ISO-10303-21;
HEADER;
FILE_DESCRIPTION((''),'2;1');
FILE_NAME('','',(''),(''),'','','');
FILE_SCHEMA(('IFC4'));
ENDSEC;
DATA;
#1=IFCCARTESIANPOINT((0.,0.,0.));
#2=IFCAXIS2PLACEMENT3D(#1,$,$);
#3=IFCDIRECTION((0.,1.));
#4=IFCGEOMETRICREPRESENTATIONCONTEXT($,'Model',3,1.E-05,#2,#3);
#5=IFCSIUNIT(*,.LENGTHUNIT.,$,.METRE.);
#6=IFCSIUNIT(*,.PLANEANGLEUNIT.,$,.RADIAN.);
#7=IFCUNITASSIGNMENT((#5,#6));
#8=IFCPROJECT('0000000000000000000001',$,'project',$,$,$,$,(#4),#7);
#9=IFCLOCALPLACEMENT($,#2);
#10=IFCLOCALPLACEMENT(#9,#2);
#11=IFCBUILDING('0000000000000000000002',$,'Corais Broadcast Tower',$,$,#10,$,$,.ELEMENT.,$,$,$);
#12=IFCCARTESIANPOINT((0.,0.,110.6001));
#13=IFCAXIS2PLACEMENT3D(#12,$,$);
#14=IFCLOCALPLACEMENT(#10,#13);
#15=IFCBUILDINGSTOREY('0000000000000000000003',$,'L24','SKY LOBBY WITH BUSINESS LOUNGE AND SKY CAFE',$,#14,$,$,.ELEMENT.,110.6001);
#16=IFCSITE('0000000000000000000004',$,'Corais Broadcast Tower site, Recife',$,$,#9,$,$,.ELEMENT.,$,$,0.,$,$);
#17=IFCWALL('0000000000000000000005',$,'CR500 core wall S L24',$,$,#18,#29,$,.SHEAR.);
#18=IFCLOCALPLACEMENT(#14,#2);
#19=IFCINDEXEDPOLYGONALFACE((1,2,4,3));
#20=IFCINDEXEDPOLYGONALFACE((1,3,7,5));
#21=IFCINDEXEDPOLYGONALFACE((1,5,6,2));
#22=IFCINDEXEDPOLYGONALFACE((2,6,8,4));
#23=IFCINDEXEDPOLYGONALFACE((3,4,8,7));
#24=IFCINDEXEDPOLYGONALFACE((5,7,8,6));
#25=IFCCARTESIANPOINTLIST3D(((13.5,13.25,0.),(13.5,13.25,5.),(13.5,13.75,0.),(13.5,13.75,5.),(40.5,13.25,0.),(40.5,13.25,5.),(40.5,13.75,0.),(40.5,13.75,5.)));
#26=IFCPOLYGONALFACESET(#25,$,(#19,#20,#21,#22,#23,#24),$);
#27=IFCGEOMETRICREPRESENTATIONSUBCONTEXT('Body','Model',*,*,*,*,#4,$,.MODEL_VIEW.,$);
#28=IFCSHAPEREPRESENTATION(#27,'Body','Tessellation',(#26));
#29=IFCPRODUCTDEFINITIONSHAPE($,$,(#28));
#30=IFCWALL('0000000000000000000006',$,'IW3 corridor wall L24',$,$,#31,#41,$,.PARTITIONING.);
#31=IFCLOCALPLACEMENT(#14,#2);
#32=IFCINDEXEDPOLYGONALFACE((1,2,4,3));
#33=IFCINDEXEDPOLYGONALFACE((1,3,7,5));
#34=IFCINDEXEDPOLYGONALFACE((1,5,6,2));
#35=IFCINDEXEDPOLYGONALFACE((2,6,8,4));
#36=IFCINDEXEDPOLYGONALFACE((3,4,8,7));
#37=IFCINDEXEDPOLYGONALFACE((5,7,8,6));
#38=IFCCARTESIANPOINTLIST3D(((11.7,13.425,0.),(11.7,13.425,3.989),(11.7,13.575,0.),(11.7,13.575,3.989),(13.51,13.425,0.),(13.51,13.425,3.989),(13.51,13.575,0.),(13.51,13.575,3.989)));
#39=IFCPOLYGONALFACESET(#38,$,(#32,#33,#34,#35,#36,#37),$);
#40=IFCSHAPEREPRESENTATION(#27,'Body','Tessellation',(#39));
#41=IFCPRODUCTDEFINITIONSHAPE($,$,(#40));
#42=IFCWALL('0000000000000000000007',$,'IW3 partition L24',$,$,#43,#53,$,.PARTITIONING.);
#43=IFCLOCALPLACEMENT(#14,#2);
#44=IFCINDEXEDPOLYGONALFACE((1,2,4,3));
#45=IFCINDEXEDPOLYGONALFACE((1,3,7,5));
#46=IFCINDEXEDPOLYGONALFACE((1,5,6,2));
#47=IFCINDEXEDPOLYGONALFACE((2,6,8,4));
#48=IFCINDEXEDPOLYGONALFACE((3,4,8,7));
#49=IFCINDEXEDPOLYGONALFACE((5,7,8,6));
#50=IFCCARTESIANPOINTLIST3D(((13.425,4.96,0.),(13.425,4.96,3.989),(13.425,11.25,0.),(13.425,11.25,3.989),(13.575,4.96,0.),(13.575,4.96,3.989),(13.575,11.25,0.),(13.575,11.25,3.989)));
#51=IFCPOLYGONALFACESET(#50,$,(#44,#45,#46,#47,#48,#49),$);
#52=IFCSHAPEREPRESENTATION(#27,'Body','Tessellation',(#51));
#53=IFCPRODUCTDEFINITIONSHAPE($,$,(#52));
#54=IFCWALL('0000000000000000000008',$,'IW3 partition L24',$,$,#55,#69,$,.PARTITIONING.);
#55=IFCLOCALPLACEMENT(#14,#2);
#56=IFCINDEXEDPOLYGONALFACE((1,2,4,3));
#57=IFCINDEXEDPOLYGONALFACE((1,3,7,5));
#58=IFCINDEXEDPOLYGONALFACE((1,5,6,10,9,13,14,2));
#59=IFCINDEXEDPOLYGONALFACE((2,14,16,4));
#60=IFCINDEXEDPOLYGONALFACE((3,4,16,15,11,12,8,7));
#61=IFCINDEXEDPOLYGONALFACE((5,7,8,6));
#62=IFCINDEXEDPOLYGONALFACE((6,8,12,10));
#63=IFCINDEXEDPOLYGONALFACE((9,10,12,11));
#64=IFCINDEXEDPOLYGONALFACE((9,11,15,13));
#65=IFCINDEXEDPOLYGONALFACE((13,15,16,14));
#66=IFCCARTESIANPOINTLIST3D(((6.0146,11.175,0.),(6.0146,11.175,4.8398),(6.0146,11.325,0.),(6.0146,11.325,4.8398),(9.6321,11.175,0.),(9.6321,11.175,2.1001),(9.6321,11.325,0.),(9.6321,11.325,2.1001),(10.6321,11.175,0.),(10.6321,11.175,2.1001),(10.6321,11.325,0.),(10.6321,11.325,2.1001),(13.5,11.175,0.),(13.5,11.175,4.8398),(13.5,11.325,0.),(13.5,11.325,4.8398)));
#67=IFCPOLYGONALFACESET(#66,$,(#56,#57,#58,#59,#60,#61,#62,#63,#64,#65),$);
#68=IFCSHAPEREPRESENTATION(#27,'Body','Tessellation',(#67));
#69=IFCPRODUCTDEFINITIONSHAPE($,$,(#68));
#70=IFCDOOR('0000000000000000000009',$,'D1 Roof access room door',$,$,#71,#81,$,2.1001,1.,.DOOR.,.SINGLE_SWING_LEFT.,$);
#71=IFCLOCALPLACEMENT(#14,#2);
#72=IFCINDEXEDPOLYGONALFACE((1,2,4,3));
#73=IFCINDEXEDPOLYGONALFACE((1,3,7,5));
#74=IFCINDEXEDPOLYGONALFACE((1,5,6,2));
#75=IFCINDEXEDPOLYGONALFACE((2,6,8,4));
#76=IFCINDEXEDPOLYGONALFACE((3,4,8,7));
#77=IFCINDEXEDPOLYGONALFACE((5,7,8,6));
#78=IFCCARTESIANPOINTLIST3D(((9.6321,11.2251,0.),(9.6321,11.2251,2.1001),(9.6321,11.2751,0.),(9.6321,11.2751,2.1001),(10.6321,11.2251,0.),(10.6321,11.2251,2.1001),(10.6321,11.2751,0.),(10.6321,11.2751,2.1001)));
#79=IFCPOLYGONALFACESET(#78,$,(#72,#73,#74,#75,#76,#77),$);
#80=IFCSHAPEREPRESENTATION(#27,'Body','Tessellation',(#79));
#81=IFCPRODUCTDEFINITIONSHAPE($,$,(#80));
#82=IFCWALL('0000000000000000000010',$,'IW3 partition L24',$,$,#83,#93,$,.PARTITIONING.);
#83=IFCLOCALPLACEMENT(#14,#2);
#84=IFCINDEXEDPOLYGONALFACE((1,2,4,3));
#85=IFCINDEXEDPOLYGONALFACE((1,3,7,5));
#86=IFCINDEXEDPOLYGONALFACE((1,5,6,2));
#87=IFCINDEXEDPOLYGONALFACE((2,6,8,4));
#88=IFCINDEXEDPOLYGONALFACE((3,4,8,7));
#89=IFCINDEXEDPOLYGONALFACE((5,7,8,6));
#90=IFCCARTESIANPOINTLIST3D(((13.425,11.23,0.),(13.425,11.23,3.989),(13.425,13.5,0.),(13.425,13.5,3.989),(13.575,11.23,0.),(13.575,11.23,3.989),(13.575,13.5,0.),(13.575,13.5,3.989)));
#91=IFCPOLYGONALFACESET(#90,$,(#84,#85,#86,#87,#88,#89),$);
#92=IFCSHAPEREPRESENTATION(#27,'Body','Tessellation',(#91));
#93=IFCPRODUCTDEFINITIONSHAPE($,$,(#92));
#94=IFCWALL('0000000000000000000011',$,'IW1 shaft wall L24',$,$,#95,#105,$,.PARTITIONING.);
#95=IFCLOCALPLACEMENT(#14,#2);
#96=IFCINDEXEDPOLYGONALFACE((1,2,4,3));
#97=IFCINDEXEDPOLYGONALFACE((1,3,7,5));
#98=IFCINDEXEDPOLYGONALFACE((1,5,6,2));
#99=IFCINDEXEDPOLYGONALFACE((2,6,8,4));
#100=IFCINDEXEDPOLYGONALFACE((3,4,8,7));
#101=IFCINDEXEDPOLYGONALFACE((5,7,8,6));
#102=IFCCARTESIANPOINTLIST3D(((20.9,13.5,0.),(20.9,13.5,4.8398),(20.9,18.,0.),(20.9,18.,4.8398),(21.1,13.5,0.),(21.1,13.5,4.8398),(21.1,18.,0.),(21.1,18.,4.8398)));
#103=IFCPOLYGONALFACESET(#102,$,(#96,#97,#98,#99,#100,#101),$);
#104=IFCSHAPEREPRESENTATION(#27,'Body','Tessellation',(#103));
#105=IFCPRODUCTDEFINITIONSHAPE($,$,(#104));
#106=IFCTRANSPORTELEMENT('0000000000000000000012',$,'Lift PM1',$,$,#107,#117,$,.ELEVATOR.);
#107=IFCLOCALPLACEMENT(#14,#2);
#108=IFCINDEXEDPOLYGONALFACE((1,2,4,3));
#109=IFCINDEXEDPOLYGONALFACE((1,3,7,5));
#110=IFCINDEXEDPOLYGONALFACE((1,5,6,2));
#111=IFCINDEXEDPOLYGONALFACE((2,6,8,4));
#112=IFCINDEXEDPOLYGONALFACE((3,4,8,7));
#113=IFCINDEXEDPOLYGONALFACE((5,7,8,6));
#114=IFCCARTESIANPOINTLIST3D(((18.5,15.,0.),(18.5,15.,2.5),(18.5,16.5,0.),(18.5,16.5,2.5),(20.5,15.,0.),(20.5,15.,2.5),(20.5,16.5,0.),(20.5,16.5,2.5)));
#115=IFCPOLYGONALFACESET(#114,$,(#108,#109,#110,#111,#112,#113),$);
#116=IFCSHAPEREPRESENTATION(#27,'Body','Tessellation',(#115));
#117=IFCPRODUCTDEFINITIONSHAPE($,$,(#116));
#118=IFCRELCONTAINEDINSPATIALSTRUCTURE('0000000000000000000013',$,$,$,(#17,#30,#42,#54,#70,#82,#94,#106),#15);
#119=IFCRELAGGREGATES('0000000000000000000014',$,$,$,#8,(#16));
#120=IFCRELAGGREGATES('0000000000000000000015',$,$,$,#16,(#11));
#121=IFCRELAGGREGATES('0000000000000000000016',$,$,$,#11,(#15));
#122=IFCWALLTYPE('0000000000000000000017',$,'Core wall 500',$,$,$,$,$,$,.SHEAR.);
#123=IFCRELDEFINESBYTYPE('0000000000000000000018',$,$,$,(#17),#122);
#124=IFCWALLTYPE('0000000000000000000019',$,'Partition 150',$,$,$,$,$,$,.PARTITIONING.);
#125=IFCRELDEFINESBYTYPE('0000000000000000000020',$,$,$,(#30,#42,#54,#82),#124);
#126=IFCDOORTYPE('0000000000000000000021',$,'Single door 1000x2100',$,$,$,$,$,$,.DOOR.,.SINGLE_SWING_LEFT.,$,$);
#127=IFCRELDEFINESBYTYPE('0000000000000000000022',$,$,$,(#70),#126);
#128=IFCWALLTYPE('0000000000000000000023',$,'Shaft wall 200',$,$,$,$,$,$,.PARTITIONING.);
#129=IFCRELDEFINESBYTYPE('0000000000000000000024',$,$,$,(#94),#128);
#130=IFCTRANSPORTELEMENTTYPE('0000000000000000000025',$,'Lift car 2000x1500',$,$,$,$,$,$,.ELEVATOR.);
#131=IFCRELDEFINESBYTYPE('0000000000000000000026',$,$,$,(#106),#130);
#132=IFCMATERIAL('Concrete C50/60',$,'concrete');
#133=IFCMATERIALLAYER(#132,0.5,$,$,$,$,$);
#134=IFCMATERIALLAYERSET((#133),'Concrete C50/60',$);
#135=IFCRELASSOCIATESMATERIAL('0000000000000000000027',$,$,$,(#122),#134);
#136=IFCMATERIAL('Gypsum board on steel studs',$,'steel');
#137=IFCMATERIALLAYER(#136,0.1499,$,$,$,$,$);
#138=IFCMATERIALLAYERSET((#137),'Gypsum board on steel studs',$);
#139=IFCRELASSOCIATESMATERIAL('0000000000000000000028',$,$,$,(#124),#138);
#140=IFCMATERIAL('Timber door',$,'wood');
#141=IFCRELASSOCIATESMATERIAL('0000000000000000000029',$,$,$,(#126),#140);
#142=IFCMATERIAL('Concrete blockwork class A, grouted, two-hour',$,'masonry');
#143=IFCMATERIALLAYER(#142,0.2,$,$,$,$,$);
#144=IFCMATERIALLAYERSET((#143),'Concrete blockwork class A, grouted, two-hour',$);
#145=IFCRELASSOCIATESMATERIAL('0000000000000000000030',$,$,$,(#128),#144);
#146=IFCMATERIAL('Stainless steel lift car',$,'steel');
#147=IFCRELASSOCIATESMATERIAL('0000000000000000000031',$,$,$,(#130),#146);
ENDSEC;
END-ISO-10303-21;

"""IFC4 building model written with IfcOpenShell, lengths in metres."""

from ifc_helpers import new_model, si_unit, direction, frame, frame_2d, origin, origin_2d, place, context, subcontext, project, spatial, rectangle, extrude, material, layer, layer_set, type_object, element, fill, save


model = new_model("IFC4")

# Units and contexts
model_context = context("Model", 3, precision=1e-05, world=origin(), true_north=direction((0.0, 1.0)))
body_context = subcontext(model_context, "Body", "Model", "MODEL_VIEW")
ifc_project = project(units=[si_unit("LENGTHUNIT", "METRE"), si_unit("PLANEANGLEUNIT", "RADIAN")], contexts=[model_context])

# Site, building, storey
site_placement = place(None, origin())
site = spatial("IfcSite", under=ifc_project, at=site_placement, Name="Corais Broadcast Tower site, Recife", CompositionType="ELEMENT", RefElevation=0.0)
building_placement = place(site_placement, origin())
building = spatial("IfcBuilding", under=site, at=building_placement, Name="Corais Broadcast Tower", CompositionType="ELEMENT")
storey_placement = place(building_placement, frame((0.0, 0.0, 110.6001)))
storey = spatial("IfcBuildingStorey", under=building, at=storey_placement, Name="L24", Description="SKY LOBBY WITH BUSINESS LOUNGE AND SKY CAFE", CompositionType="ELEMENT", Elevation=110.6001)

# Walls
ifc_material_1 = material(Name="Concrete C50/60", Category="concrete")
ifc_layer_1 = layer(ifc_material_1, 0.5)
ifc_layer_set_1 = layer_set([ifc_layer_1], Name="Concrete C50/60")
wall_type_1 = type_object("IfcWallType", Name="Core wall 500", PredefinedType="SHEAR", material=ifc_layer_set_1)
wall_1_placement = place(storey_placement, frame((13.5, 13.5, 0.0), z_axis=(0.0, 0.0, 1.0), x_axis=(1.0, 0.0, 0.0)))
element("IfcWall", 1, at=wall_1_placement, inside=storey, type_object=wall_type_1, Name="CR500 core wall S L24", PredefinedType="SHEAR", context=body_context, shape_type="SweptSolid", body=[
    extrude(rectangle(XDim=27.0, YDim=0.5, at=frame_2d((13.5, 0.0))), origin(), (0.0, 0.0, 1.0), 5.0),
])
ifc_material_2 = material(Name="Gypsum board on steel studs", Category="steel")
ifc_layer_2 = layer(ifc_material_2, 0.1499)
ifc_layer_set_2 = layer_set([ifc_layer_2], Name="Gypsum board on steel studs")
wall_type_2 = type_object("IfcWallType", Name="Partition 150", PredefinedType="PARTITIONING", material=ifc_layer_set_2)
wall_2_placement = place(storey_placement, frame((11.7, 13.5, 0.0), z_axis=(0.0, 0.0, 1.0), x_axis=(1.0, 0.0, 0.0)))
element("IfcWall", 2, at=wall_2_placement, inside=storey, type_object=wall_type_2, Name="IW3 corridor wall L24", PredefinedType="PARTITIONING", context=body_context, shape_type="SweptSolid", body=[
    extrude(rectangle(XDim=1.8101, YDim=0.1499, at=frame_2d((0.905, 0.0))), origin(), (0.0, 0.0, 1.0), 3.989),
])
wall_3_placement = place(storey_placement, frame((13.5, 4.96, 0.0), z_axis=(0.0, 0.0, 1.0), x_axis=(0.0, 1.0, 0.0)))
element("IfcWall", 3, at=wall_3_placement, inside=storey, type_object=wall_type_2, Name="IW3 partition L24", PredefinedType="PARTITIONING", context=body_context, shape_type="SweptSolid", body=[
    extrude(rectangle(XDim=6.29, YDim=0.1499, at=frame_2d((3.145, 0.0))), origin(), (0.0, 0.0, 1.0), 3.989),
])

# Wall, opening, door
wall_4_placement = place(storey_placement, frame((13.5, 11.25, 0.0), z_axis=(0.0, 0.0, 1.0), x_axis=(-1.0, 0.0, 0.0)))
wall_4 = element("IfcWall", 4, at=wall_4_placement, inside=storey, type_object=wall_type_2, Name="IW3 partition L24", PredefinedType="PARTITIONING", context=body_context, shape_type="SweptSolid", body=[
    extrude(rectangle(XDim=7.4854, YDim=0.1499, at=frame_2d((3.7427, 0.0))), origin(), (0.0, 0.0, 1.0), 4.8398),
])
opening_1_placement = place(wall_4_placement, frame((2.8679, 0.0, 0.0)))
opening_1 = element("IfcOpeningElement", 5, at=opening_1_placement, cuts=wall_4, PredefinedType="OPENING", context=body_context, shape_type="SweptSolid", body=[
    extrude(rectangle(XDim=1.0, YDim=2.1001, at=frame_2d((0.5, 1.05))), frame((0.0, 0.085, 0.0), z_axis=(0.0, -1.0, 0.0), x_axis=(1.0, 0.0, 0.0)), (0.0, 0.0, 1.0), 0.1699),
])
ifc_material_3 = material(Name="Timber door", Category="wood")
door_type_1 = type_object("IfcDoorType", Name="Single door 1000x2100", OperationType="SINGLE_SWING_LEFT", PredefinedType="DOOR", material=ifc_material_3)
door_1_placement = place(opening_1_placement, origin())
door_1 = element("IfcDoor", 6, at=door_1_placement, inside=storey, type_object=door_type_1, Name="D1 Roof access room door", OperationType="SINGLE_SWING_LEFT", OverallHeight=2.1001, OverallWidth=1.0, PredefinedType="DOOR", context=body_context, shape_type="SweptSolid", body=[
    extrude(rectangle(XDim=1.0, YDim=2.1001, at=frame_2d((0.5, 1.05))), frame((0.0, 0.0249, 0.0), z_axis=(0.0, -1.0, 0.0), x_axis=(1.0, 0.0, 0.0)), (0.0, 0.0, 1.0), 0.05),
])
fill(opening_1, door_1)

# Walls
wall_5_placement = place(storey_placement, frame((13.5, 11.23, 0.0), z_axis=(0.0, 0.0, 1.0), x_axis=(0.0, 1.0, 0.0)))
element("IfcWall", 7, at=wall_5_placement, inside=storey, type_object=wall_type_2, Name="IW3 partition L24", PredefinedType="PARTITIONING", context=body_context, shape_type="SweptSolid", body=[
    extrude(rectangle(XDim=2.27, YDim=0.1499, at=frame_2d((1.135, 0.0))), origin(), (0.0, 0.0, 1.0), 3.989),
])
ifc_material_4 = material(Name="Concrete blockwork class A, grouted, two-hour", Category="masonry")
ifc_layer_3 = layer(ifc_material_4, 0.2)
ifc_layer_set_3 = layer_set([ifc_layer_3], Name="Concrete blockwork class A, grouted, two-hour")
wall_type_3 = type_object("IfcWallType", Name="Shaft wall 200", PredefinedType="PARTITIONING", material=ifc_layer_set_3)
wall_6_placement = place(storey_placement, frame((21.0, 13.5, 0.0), z_axis=(0.0, 0.0, 1.0), x_axis=(0.0, 1.0, 0.0)))
element("IfcWall", 8, at=wall_6_placement, inside=storey, type_object=wall_type_3, Name="IW1 shaft wall L24", PredefinedType="PARTITIONING", context=body_context, shape_type="SweptSolid", body=[
    extrude(rectangle(XDim=4.5, YDim=0.2, at=frame_2d((2.25, 0.0))), origin(), (0.0, 0.0, 1.0), 4.8398),
])

# Transport element
ifc_material_5 = material(Name="Stainless steel lift car", Category="steel")
transport_element_type = type_object("IfcTransportElementType", Name="Lift car 2000x1500", PredefinedType="ELEVATOR", material=ifc_material_5)
transport_element_placement = place(storey_placement, frame((19.5, 15.75, 0.0), z_axis=(0.0, 0.0, 1.0), x_axis=(1.0, 0.0, 0.0)))
element("IfcTransportElement", 9, at=transport_element_placement, inside=storey, type_object=transport_element_type, Name="Lift PM1", PredefinedType="ELEVATOR", context=body_context, shape_type="SweptSolid", body=[
    extrude(rectangle(XDim=2.0, YDim=1.5, at=origin_2d()), origin(), (0.0, 0.0, 1.0), 2.5),
])

save(model, "model.ifc")
